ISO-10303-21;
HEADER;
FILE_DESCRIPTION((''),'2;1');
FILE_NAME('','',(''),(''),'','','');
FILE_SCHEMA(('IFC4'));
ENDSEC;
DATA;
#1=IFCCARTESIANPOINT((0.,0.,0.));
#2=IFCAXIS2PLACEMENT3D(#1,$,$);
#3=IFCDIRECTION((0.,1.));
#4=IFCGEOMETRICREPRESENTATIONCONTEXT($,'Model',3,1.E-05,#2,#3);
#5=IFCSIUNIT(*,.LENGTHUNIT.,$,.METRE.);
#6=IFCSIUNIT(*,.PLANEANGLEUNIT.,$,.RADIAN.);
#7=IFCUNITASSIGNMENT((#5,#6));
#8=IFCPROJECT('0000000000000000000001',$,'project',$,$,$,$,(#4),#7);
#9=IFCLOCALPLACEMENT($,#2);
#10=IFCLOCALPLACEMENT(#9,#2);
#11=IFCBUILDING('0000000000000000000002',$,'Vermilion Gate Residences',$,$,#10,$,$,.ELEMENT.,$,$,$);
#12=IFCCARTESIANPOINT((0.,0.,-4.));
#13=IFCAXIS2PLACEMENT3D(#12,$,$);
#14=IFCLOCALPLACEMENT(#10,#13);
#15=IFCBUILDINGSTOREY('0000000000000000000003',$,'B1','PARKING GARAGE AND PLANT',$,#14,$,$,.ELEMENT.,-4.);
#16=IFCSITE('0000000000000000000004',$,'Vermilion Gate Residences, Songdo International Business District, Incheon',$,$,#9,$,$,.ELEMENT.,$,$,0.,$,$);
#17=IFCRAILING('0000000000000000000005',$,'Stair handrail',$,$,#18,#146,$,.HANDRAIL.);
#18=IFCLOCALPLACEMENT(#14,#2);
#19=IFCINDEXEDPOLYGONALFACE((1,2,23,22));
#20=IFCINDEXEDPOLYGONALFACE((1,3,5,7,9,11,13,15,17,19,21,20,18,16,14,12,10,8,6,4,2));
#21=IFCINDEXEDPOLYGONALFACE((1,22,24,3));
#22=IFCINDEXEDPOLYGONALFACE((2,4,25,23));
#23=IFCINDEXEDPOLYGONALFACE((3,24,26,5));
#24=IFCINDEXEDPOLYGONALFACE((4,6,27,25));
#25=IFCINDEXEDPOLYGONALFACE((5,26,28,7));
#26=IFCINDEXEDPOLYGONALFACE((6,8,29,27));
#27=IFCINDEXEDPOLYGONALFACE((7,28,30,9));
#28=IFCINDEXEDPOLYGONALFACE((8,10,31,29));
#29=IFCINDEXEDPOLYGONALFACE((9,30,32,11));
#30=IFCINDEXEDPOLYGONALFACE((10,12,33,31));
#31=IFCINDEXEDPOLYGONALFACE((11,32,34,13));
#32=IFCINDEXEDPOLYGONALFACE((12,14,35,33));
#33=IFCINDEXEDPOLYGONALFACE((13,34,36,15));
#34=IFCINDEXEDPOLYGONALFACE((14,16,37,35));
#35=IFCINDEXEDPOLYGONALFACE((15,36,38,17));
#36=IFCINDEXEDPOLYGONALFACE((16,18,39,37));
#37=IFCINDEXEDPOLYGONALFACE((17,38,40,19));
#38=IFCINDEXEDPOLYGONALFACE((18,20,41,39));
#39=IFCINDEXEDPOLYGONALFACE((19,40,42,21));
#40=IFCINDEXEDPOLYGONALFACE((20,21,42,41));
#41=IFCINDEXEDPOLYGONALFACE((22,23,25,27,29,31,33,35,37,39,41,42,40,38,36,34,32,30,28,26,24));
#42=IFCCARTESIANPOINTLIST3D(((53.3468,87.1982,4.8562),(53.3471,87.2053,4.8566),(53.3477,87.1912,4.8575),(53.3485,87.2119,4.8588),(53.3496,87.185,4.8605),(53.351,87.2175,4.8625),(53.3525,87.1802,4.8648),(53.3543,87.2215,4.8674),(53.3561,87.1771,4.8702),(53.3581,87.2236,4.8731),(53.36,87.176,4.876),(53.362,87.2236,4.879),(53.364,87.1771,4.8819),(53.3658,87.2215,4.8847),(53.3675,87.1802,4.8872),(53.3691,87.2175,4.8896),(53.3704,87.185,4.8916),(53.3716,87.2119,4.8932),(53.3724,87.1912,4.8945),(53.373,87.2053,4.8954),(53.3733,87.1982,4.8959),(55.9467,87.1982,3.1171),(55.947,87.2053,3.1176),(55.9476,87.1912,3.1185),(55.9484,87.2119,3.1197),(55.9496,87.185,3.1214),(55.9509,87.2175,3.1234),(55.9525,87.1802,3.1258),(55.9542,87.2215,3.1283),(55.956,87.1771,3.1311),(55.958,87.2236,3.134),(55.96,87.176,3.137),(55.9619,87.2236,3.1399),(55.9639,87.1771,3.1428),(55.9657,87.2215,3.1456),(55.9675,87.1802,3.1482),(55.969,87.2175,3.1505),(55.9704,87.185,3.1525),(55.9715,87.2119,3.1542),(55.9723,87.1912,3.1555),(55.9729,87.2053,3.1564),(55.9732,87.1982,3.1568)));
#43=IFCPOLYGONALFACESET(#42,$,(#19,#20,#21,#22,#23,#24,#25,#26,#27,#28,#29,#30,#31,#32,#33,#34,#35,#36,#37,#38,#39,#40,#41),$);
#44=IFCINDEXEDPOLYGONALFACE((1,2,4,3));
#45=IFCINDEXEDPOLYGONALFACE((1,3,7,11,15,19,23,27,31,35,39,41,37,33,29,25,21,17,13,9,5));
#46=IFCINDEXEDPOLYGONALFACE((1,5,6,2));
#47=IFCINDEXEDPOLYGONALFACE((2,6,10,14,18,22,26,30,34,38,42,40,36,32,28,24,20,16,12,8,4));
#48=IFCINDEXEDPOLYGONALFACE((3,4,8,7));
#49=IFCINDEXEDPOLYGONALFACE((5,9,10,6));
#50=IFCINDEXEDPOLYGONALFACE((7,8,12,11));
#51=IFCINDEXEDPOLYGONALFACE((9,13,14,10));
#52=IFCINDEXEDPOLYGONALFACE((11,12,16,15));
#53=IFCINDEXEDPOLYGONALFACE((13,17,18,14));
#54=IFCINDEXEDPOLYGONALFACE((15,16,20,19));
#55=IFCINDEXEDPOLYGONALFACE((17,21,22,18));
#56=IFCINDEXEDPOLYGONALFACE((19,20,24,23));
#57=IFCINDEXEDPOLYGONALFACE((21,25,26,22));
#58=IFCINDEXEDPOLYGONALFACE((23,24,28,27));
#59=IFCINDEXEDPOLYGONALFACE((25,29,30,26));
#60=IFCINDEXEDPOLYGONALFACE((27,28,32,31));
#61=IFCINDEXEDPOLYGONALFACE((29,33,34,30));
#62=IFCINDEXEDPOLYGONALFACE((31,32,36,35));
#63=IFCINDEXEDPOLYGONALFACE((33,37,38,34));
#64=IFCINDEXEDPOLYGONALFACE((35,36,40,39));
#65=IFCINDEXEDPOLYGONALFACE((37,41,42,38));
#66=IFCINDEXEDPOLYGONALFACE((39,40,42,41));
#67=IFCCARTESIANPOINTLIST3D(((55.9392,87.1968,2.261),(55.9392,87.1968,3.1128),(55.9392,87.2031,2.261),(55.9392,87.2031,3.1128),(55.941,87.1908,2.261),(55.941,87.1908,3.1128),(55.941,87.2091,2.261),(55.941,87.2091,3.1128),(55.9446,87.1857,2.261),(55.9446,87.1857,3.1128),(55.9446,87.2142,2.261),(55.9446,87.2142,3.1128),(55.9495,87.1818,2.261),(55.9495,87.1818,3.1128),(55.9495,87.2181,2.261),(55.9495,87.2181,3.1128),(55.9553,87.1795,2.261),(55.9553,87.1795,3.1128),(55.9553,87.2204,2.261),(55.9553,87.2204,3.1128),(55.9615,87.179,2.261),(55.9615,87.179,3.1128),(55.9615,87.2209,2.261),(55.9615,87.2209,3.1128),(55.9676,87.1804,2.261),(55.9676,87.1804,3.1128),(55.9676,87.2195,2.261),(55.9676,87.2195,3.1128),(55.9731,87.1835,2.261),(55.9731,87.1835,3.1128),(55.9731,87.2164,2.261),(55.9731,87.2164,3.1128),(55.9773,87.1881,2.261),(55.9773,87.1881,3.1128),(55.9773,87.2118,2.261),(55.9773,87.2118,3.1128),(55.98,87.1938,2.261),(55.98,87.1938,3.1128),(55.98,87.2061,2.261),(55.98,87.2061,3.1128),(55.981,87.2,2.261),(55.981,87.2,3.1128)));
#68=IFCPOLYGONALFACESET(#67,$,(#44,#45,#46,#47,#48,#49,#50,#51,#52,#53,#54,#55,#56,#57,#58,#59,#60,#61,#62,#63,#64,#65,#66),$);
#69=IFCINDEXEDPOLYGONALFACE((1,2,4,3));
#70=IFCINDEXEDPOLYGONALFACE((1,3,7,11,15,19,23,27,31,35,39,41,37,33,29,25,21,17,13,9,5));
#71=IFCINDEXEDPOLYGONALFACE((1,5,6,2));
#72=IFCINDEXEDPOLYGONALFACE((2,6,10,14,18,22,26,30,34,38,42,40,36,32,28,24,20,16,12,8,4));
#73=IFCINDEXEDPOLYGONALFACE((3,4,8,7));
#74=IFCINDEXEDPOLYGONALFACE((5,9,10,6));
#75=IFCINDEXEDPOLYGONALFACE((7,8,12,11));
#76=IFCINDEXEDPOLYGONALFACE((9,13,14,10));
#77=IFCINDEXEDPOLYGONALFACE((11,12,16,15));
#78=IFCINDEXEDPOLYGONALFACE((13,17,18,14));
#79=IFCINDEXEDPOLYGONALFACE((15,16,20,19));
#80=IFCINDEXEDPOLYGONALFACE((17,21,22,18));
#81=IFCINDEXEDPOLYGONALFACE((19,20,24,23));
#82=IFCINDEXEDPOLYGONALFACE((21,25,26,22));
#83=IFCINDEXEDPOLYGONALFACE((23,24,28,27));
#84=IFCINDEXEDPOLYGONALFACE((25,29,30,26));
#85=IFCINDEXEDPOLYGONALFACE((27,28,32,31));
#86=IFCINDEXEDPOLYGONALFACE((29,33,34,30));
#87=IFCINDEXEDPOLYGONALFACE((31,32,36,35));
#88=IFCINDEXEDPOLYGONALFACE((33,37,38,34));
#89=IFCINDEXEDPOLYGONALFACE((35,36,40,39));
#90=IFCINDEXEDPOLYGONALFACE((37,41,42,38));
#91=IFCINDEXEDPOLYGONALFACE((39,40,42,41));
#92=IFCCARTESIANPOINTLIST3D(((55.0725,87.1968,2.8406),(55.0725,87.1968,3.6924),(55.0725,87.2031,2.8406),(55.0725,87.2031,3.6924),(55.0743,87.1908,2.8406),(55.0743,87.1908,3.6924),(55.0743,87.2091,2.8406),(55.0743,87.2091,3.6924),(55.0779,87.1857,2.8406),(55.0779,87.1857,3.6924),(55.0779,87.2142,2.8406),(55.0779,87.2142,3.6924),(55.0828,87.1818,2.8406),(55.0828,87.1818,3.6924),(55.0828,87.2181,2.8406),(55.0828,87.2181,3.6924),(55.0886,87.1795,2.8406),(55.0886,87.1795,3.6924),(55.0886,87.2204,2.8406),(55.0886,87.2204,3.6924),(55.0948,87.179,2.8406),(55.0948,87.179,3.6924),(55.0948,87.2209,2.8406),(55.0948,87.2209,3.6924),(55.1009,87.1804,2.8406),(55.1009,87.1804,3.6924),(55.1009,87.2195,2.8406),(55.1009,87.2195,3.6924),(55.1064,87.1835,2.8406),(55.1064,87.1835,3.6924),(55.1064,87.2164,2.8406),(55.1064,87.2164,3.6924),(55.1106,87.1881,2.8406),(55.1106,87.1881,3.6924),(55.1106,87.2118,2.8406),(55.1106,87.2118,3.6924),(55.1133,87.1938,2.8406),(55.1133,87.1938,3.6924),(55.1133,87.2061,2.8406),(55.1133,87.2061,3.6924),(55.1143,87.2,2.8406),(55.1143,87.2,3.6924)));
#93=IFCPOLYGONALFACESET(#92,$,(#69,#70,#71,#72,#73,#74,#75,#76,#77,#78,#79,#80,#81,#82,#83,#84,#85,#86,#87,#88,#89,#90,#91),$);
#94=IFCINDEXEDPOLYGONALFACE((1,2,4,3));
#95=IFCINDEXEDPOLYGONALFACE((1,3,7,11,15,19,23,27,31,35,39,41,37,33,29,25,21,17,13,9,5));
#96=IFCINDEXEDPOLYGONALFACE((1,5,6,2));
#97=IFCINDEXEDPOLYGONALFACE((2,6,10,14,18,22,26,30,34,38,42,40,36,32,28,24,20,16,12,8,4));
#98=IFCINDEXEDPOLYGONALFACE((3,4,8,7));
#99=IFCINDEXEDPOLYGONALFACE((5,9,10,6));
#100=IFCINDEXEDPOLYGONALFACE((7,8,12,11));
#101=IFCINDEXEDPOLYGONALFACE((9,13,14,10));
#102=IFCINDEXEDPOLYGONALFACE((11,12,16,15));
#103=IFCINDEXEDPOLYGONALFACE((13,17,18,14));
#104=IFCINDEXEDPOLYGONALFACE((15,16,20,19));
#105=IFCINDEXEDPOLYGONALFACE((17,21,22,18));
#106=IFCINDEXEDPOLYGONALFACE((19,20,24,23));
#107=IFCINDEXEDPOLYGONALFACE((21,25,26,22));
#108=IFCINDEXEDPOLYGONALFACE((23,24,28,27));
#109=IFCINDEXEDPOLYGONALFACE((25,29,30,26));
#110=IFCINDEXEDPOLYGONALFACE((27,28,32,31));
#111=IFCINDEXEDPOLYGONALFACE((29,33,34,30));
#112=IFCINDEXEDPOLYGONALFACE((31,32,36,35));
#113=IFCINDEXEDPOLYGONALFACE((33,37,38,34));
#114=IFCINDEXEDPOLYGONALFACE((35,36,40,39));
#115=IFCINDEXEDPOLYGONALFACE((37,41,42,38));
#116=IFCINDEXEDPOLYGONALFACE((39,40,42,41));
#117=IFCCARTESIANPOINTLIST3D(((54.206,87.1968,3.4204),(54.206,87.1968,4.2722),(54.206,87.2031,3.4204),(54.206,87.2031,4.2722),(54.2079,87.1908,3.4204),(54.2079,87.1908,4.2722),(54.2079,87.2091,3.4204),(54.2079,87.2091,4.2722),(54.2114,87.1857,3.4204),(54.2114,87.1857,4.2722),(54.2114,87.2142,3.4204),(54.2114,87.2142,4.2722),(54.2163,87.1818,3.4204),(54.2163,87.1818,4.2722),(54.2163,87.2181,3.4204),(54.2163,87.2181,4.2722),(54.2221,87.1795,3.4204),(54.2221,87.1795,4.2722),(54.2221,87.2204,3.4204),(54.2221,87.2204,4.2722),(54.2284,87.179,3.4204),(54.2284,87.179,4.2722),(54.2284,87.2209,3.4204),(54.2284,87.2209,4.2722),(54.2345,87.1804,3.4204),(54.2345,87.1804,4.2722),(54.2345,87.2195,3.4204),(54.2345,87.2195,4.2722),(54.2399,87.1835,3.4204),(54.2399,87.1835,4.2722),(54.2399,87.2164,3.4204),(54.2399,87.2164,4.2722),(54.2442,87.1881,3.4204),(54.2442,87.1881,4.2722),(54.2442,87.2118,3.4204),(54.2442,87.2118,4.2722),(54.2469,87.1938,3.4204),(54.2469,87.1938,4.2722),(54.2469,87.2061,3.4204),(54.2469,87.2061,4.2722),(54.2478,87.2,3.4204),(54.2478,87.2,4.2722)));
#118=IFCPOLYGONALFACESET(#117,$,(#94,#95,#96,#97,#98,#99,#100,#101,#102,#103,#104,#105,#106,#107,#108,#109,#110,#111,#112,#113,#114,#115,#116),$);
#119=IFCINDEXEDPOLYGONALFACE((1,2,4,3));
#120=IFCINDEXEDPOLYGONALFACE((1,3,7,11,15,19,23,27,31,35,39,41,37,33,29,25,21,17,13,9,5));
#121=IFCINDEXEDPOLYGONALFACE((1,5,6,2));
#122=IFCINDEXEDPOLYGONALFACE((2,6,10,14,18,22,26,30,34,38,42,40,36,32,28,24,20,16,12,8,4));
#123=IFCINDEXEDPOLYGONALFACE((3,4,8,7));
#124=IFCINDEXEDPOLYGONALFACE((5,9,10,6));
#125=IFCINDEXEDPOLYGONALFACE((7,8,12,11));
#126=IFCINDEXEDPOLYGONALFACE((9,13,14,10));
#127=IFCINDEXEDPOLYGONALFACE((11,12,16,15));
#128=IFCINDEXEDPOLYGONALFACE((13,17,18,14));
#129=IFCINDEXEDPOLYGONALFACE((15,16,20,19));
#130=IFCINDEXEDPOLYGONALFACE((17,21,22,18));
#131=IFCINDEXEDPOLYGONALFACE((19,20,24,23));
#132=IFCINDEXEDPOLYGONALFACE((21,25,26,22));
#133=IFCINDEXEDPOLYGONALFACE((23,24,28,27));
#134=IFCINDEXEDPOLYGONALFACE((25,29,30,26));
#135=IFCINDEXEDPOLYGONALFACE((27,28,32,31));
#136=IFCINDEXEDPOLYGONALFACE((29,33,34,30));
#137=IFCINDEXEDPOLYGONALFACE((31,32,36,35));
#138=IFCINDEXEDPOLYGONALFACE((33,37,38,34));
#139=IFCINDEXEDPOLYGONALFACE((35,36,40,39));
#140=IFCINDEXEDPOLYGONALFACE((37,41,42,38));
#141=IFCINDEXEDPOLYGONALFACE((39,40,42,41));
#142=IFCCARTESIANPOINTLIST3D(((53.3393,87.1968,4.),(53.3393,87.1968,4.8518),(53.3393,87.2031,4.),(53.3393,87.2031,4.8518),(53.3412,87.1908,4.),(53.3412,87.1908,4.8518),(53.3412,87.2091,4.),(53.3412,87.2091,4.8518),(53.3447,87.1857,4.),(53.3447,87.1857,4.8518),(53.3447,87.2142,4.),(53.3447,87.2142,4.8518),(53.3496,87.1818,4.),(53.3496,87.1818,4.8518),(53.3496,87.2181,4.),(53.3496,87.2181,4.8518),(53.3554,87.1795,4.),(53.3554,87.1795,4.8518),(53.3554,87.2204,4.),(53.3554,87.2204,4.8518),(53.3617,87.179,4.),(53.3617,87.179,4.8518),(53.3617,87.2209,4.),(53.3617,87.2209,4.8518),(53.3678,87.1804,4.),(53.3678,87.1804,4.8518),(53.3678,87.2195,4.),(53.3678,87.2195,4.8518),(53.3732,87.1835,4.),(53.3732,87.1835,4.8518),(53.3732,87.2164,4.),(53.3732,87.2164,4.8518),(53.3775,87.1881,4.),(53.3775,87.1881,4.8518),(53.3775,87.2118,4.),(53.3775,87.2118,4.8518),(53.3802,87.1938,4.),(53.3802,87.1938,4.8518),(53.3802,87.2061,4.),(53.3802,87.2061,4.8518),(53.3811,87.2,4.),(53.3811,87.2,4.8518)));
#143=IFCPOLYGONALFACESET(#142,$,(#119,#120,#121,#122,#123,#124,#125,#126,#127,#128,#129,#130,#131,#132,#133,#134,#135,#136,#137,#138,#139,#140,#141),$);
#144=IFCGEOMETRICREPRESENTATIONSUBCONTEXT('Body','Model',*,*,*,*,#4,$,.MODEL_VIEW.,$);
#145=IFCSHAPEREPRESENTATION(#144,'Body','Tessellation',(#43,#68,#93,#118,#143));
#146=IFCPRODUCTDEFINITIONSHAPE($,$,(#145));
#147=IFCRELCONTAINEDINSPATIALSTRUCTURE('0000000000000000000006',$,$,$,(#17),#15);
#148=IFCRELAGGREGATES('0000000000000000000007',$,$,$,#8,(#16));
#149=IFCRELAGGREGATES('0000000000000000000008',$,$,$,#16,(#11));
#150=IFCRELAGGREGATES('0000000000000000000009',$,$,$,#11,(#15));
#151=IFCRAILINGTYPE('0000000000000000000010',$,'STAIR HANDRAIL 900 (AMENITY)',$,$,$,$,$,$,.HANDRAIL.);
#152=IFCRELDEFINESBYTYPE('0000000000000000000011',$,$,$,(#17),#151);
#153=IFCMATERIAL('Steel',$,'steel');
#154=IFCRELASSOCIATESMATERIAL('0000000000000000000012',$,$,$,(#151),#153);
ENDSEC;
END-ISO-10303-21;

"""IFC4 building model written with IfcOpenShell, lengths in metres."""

from ifc_helpers import new_model, si_unit, direction, frame, origin, origin_2d, place, context, subcontext, project, spatial, circle, extrude, material, type_object, element, save


model = new_model("IFC4")

# Units and contexts
model_context = context("Model", 3, precision=1e-05, world=origin(), true_north=direction((0.0, 1.0)))
body_context = subcontext(model_context, "Body", "Model", "MODEL_VIEW")
ifc_project = project(units=[si_unit("LENGTHUNIT", "METRE"), si_unit("PLANEANGLEUNIT", "RADIAN")], contexts=[model_context])

# Site, building, storey
site_placement = place(None, origin())
site = spatial("IfcSite", under=ifc_project, at=site_placement, Name="Vermilion Gate Residences, Songdo International Business District, Incheon", CompositionType="ELEMENT", RefElevation=0.0)
building_placement = place(site_placement, origin())
building = spatial("IfcBuilding", under=site, at=building_placement, Name="Vermilion Gate Residences", CompositionType="ELEMENT")
storey_placement = place(building_placement, frame((0.0, 0.0, -4.0)))
storey = spatial("IfcBuildingStorey", under=building, at=storey_placement, Name="B1", Description="PARKING GARAGE AND PLANT", CompositionType="ELEMENT", Elevation=-4.0)

# Railing
ifc_material_1 = material(Name="Steel", Category="steel")
railing_type = type_object("IfcRailingType", Name="STAIR HANDRAIL 900 (AMENITY)", PredefinedType="HANDRAIL", material=ifc_material_1)
railing_1_placement = place(storey_placement, frame((55.96, 87.2, 2.261)))
element("IfcRailing", 1, at=railing_1_placement, inside=storey, type_object=railing_type, Name="Stair handrail", PredefinedType="HANDRAIL", context=body_context, shape_type="SweptSolid", body=[
    extrude(circle(Radius=0.0239, at=origin_2d()), frame((0.0, 0.0, 0.876), z_axis=(-0.831197, 0.0, 0.555978), x_axis=(0.0, -1.0, 0.0)), (0.0, 0.0, 1.0), 3.1279),
    extrude(circle(Radius=0.021, at=origin_2d()), origin(), (0.0, 0.0, 1.0), 0.8518),
    extrude(circle(Radius=0.021, at=origin_2d()), frame((-0.8667, 0.0, 0.5796)), (0.0, 0.0, 1.0), 0.8518),
    extrude(circle(Radius=0.021, at=origin_2d()), frame((-1.7332, 0.0, 1.1594)), (0.0, 0.0, 1.0), 0.8518),
    extrude(circle(Radius=0.021, at=origin_2d()), frame((-2.5999, 0.0, 1.739)), (0.0, 0.0, 1.0), 0.8518),
])

save(model, "model.ifc")
